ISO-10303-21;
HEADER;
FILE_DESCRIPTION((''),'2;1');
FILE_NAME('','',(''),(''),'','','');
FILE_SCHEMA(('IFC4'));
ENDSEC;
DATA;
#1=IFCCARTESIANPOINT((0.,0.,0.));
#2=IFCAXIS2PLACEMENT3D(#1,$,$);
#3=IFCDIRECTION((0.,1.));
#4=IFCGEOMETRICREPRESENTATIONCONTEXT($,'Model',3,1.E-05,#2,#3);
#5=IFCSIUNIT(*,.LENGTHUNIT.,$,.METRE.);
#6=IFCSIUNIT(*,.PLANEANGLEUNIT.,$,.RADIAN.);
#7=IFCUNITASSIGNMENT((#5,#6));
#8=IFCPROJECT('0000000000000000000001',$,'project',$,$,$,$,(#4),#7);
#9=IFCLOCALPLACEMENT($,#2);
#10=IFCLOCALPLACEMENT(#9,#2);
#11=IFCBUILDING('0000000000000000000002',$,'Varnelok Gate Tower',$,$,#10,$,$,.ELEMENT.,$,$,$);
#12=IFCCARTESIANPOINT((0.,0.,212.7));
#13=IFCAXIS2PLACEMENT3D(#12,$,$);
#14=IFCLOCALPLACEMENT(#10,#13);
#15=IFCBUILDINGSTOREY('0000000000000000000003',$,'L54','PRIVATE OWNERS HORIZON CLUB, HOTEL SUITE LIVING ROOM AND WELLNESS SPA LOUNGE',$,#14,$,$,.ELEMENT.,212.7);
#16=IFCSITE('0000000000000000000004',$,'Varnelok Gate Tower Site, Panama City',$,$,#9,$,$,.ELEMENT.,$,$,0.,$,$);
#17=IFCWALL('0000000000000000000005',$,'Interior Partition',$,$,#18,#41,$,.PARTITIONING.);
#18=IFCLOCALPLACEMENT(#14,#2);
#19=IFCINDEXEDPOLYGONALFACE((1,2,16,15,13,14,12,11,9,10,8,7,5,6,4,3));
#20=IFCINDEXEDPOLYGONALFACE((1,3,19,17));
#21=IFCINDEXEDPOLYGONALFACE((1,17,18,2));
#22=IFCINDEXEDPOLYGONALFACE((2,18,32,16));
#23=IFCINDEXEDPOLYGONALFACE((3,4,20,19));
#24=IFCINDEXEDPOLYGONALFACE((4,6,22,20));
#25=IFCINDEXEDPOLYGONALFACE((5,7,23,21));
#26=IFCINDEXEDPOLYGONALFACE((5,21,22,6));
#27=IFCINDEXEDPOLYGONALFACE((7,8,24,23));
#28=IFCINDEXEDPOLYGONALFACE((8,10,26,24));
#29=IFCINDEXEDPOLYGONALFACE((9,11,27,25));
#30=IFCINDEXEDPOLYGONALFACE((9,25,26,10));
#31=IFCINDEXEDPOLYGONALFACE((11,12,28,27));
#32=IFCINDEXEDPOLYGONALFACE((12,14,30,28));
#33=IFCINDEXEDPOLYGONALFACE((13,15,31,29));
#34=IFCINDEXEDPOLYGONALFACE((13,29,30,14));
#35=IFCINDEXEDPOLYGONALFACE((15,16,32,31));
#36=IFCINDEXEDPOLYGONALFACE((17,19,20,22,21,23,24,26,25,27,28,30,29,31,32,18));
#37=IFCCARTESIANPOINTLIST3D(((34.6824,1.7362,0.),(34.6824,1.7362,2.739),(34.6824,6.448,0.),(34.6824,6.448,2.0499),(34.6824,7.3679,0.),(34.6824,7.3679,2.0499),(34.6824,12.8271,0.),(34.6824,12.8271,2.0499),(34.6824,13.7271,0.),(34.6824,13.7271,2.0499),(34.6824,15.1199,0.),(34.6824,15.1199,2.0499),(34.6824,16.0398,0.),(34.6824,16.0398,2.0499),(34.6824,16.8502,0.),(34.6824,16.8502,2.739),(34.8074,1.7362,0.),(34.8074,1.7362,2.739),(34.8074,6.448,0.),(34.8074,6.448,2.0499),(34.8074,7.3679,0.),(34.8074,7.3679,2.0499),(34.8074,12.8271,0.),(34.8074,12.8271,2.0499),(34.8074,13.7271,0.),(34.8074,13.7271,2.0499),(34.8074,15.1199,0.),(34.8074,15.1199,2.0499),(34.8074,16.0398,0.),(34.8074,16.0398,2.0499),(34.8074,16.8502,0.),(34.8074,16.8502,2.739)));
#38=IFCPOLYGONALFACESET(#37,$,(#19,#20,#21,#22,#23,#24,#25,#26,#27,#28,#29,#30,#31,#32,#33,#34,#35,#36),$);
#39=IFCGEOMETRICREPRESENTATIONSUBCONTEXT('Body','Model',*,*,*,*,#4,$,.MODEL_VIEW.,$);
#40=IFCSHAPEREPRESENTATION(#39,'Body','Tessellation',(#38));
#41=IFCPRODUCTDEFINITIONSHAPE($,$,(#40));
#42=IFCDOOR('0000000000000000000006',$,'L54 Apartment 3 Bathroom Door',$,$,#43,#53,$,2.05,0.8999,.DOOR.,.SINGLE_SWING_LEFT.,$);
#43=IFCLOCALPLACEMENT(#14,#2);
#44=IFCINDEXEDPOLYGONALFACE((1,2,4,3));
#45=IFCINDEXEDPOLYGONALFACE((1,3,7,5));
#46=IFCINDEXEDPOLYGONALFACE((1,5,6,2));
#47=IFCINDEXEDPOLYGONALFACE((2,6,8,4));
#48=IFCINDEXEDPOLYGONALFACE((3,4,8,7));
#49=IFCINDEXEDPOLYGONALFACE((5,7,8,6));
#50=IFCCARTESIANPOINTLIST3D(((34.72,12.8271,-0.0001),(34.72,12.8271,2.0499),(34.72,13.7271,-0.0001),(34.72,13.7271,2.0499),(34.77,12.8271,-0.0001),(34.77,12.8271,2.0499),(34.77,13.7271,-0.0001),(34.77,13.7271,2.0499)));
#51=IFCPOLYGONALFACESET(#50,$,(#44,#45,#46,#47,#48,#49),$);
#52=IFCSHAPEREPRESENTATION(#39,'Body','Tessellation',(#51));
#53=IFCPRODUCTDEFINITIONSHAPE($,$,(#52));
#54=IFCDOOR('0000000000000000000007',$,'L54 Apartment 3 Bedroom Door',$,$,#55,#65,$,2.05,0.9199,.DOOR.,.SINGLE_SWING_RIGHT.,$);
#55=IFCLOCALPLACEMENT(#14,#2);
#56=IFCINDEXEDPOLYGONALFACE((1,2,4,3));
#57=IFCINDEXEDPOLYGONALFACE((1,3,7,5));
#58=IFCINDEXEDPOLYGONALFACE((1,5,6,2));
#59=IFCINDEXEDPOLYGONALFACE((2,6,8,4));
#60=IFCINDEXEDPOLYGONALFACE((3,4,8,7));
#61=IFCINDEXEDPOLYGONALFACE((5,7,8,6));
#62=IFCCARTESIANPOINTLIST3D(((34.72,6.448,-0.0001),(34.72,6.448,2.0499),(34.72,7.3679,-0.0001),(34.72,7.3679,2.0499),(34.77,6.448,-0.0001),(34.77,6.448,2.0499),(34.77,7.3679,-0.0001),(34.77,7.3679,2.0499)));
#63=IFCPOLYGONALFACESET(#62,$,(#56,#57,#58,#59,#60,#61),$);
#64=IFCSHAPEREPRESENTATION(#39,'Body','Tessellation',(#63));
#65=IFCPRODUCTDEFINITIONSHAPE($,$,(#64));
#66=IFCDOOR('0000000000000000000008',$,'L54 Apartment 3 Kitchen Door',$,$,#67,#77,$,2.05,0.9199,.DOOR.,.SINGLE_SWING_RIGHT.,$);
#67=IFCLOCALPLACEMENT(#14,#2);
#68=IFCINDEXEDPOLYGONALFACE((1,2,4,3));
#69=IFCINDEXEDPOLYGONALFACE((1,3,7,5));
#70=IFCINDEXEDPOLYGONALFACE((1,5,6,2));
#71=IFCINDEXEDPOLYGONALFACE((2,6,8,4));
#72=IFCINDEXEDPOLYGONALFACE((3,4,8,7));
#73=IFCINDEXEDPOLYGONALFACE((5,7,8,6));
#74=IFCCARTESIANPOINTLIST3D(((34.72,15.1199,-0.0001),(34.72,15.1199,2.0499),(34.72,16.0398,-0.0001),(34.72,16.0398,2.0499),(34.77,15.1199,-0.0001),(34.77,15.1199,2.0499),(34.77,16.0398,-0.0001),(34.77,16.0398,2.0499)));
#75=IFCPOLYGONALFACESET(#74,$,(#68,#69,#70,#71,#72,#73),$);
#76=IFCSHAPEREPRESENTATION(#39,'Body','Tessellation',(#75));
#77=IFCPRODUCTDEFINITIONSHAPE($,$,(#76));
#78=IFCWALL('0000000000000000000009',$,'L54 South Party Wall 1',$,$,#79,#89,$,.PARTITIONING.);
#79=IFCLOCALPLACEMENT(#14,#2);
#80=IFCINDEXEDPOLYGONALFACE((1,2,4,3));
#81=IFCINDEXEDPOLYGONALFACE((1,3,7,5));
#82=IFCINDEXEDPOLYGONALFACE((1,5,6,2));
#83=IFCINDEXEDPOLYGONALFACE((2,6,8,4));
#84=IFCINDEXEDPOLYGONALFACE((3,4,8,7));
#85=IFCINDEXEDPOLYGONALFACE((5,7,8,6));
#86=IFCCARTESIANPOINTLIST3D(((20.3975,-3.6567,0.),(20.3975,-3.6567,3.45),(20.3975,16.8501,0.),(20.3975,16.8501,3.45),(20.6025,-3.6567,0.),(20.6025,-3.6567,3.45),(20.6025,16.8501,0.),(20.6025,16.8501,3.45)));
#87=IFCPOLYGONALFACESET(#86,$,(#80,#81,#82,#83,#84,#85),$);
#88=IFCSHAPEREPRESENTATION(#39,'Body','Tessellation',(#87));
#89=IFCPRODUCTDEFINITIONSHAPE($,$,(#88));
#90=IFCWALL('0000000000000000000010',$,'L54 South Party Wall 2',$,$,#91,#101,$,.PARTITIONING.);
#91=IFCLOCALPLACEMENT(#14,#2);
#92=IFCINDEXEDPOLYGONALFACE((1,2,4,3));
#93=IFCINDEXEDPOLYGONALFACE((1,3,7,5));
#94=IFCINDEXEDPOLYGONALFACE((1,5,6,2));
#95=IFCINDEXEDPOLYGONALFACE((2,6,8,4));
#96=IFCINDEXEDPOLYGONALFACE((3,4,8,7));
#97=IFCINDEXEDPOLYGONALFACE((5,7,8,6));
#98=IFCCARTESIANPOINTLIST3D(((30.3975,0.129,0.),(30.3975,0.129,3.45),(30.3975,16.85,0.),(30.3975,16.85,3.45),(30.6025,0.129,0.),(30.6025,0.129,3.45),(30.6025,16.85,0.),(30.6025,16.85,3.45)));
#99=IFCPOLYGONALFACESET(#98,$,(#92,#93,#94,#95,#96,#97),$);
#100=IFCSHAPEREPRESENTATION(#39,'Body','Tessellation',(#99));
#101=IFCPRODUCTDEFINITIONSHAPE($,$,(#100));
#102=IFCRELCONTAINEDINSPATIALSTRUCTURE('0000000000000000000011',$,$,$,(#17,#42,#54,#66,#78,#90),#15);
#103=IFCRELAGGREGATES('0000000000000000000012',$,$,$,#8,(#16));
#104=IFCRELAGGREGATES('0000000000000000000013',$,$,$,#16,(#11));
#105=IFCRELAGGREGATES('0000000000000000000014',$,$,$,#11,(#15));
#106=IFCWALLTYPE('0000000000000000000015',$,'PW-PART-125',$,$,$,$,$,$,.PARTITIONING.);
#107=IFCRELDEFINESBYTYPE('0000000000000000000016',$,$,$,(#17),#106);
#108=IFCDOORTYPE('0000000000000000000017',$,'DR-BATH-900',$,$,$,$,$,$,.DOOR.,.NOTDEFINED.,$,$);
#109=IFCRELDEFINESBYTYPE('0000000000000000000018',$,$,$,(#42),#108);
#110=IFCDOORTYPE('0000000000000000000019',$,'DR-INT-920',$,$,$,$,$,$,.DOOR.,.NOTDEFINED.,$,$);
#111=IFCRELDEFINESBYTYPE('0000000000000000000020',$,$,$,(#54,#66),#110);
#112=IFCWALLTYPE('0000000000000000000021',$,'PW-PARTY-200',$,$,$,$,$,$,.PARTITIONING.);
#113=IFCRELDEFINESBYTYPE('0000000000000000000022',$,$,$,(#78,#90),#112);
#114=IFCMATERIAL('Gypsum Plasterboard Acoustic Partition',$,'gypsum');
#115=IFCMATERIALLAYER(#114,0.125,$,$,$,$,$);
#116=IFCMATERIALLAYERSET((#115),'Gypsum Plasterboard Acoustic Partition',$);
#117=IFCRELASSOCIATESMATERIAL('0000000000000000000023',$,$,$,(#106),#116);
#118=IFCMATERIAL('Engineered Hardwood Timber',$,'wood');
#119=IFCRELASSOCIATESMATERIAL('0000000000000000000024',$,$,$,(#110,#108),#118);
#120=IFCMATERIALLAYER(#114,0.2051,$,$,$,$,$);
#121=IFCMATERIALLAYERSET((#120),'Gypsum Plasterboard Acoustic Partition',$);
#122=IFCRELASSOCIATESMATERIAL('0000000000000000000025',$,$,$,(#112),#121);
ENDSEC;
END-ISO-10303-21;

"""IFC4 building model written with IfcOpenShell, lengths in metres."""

from ifc_helpers import new_model, si_unit, direction, frame, frame_2d, origin, place, context, subcontext, project, spatial, rectangle, extrude, material, layer, layer_set, type_object, element, fill, save


model = new_model("IFC4")

# Units and contexts
model_context = context("Model", 3, precision=1e-05, world=origin(), true_north=direction((0.0, 1.0)))
body_context = subcontext(model_context, "Body", "Model", "MODEL_VIEW")
ifc_project = project(units=[si_unit("LENGTHUNIT", "METRE"), si_unit("PLANEANGLEUNIT", "RADIAN")], contexts=[model_context])

# Site, building, storey
site_placement = place(None, origin())
site = spatial("IfcSite", under=ifc_project, at=site_placement, Name="Varnelok Gate Tower Site, Panama City", CompositionType="ELEMENT", RefElevation=0.0)
building_placement = place(site_placement, origin())
building = spatial("IfcBuilding", under=site, at=building_placement, Name="Varnelok Gate Tower", CompositionType="ELEMENT")
storey_placement = place(building_placement, frame((0.0, 0.0, 212.7)))
storey = spatial("IfcBuildingStorey", under=building, at=storey_placement, Name="L54", Description="PRIVATE OWNERS HORIZON CLUB, HOTEL SUITE LIVING ROOM AND WELLNESS SPA LOUNGE", CompositionType="ELEMENT", Elevation=212.7)

# Shared definitions
ifc_material_1 = material(Name="Gypsum Plasterboard Acoustic Partition", Category="gypsum")

# Shared definitions
ifc_layer_1 = layer(ifc_material_1, 0.125)
ifc_layer_set_1 = layer_set([ifc_layer_1], Name="Gypsum Plasterboard Acoustic Partition")
wall_type_1 = type_object("IfcWallType", Name="PW-PART-125", PredefinedType="PARTITIONING", material=ifc_layer_set_1)
ifc_material_2 = material(Name="Engineered Hardwood Timber", Category="wood")
door_type_1 = type_object("IfcDoorType", Name="DR-INT-920", OperationType="NOTDEFINED", PredefinedType="DOOR", material=ifc_material_2)

# Shared definitions
door_type_2 = type_object("IfcDoorType", Name="DR-BATH-900", OperationType="NOTDEFINED", PredefinedType="DOOR", material=ifc_material_2)

# Wall, openings, doors
wall_1_placement = place(storey_placement, frame((34.7449, 1.7361, 0.0), z_axis=(0.0, 0.0, 1.0), x_axis=(0.0, 1.0, 0.0)))
wall_1 = element("IfcWall", 1, at=wall_1_placement, inside=storey, type_object=wall_type_1, Name="Interior Partition", PredefinedType="PARTITIONING", context=body_context, shape_type="SweptSolid", body=[
    extrude(rectangle(XDim=15.114, YDim=0.125, at=frame_2d((7.5571, 0.0))), origin(), (0.0, 0.0, 1.0), 2.739),
])
opening_1_placement = place(wall_1_placement, frame((4.7119, 0.0, 0.0)))
opening_1 = element("IfcOpeningElement", 2, at=opening_1_placement, cuts=wall_1, PredefinedType="OPENING", context=body_context, shape_type="SweptSolid", body=[
    extrude(rectangle(XDim=0.9199, YDim=2.05, at=frame_2d((0.46, 1.0249))), frame((0.0, 0.0725, 0.0), z_axis=(0.0, -1.0, 0.0), x_axis=(1.0, 0.0, 0.0)), (0.0, 0.0, 1.0), 0.145),
])
opening_2_placement = place(wall_1_placement, frame((11.0911, 0.0, 0.0)))
opening_2 = element("IfcOpeningElement", 3, at=opening_2_placement, cuts=wall_1, PredefinedType="OPENING", context=body_context, shape_type="SweptSolid", body=[
    extrude(rectangle(XDim=0.8999, YDim=2.05, at=frame_2d((0.45, 1.0249))), frame((0.0, 0.0725, 0.0), z_axis=(0.0, -1.0, 0.0), x_axis=(1.0, 0.0, 0.0)), (0.0, 0.0, 1.0), 0.145),
])
opening_3_placement = place(wall_1_placement, frame((13.3838, 0.0, 0.0)))
opening_3 = element("IfcOpeningElement", 4, at=opening_3_placement, cuts=wall_1, PredefinedType="OPENING", context=body_context, shape_type="SweptSolid", body=[
    extrude(rectangle(XDim=0.9199, YDim=2.05, at=frame_2d((0.46, 1.0249))), frame((0.0, 0.0725, 0.0), z_axis=(0.0, -1.0, 0.0), x_axis=(1.0, 0.0, 0.0)), (0.0, 0.0, 1.0), 0.145),
])
door_1_placement = place(opening_2_placement, origin())
door_1 = element("IfcDoor", 5, at=door_1_placement, inside=storey, type_object=door_type_2, Name="L54 Apartment 3 Bathroom Door", OperationType="SINGLE_SWING_LEFT", OverallHeight=2.05, OverallWidth=0.8999, PredefinedType="DOOR", context=body_context, shape_type="SweptSolid", body=[
    extrude(rectangle(XDim=0.8999, YDim=2.05, at=frame_2d((0.45, 1.0249))), frame((0.0, 0.0249, 0.0), z_axis=(0.0, -1.0, 0.0), x_axis=(1.0, 0.0, 0.0)), (0.0, 0.0, 1.0), 0.05),
])
fill(opening_2, door_1)
door_2_placement = place(opening_1_placement, origin())
door_2 = element("IfcDoor", 6, at=door_2_placement, inside=storey, type_object=door_type_1, Name="L54 Apartment 3 Bedroom Door", OperationType="SINGLE_SWING_RIGHT", OverallHeight=2.05, OverallWidth=0.9199, PredefinedType="DOOR", context=body_context, shape_type="SweptSolid", body=[
    extrude(rectangle(XDim=0.9199, YDim=2.05, at=frame_2d((0.46, 1.0249))), frame((0.0, 0.0249, 0.0), z_axis=(0.0, -1.0, 0.0), x_axis=(1.0, 0.0, 0.0)), (0.0, 0.0, 1.0), 0.05),
])
fill(opening_1, door_2)
door_3_placement = place(opening_3_placement, origin())
door_3 = element("IfcDoor", 7, at=door_3_placement, inside=storey, type_object=door_type_1, Name="L54 Apartment 3 Kitchen Door", OperationType="SINGLE_SWING_RIGHT", OverallHeight=2.05, OverallWidth=0.9199, PredefinedType="DOOR", context=body_context, shape_type="SweptSolid", body=[
    extrude(rectangle(XDim=0.9199, YDim=2.05, at=frame_2d((0.46, 1.0249))), frame((0.0, 0.0249, 0.0), z_axis=(0.0, -1.0, 0.0), x_axis=(1.0, 0.0, 0.0)), (0.0, 0.0, 1.0), 0.05),
])
fill(opening_3, door_3)

# Walls
ifc_layer_2 = layer(ifc_material_1, 0.2051)
ifc_layer_set_2 = layer_set([ifc_layer_2], Name="Gypsum Plasterboard Acoustic Partition")
wall_type_2 = type_object("IfcWallType", Name="PW-PARTY-200", PredefinedType="PARTITIONING", material=ifc_layer_set_2)
wall_2_placement = place(storey_placement, frame((20.5, -3.6567, 0.0), z_axis=(0.0, 0.0, 1.0), x_axis=(0.0, 1.0, 0.0)))
element("IfcWall", 8, at=wall_2_placement, inside=storey, type_object=wall_type_2, Name="L54 South Party Wall 1", PredefinedType="PARTITIONING", context=body_context, shape_type="SweptSolid", body=[
    extrude(rectangle(XDim=20.5068, YDim=0.2051, at=frame_2d((10.2534, 0.0))), origin(), (0.0, 0.0, 1.0), 3.45),
])
wall_3_placement = place(storey_placement, frame((30.5, 0.1292, 0.0), z_axis=(0.0, 0.0, 1.0), x_axis=(0.0, 1.0, 0.0)))
element("IfcWall", 9, at=wall_3_placement, inside=storey, type_object=wall_type_2, Name="L54 South Party Wall 2", PredefinedType="PARTITIONING", context=body_context, shape_type="SweptSolid", body=[
    extrude(rectangle(XDim=16.7209, YDim=0.2051, at=frame_2d((8.3604, 0.0))), origin(), (0.0, 0.0, 1.0), 3.45),
])

save(model, "model.ifc")
